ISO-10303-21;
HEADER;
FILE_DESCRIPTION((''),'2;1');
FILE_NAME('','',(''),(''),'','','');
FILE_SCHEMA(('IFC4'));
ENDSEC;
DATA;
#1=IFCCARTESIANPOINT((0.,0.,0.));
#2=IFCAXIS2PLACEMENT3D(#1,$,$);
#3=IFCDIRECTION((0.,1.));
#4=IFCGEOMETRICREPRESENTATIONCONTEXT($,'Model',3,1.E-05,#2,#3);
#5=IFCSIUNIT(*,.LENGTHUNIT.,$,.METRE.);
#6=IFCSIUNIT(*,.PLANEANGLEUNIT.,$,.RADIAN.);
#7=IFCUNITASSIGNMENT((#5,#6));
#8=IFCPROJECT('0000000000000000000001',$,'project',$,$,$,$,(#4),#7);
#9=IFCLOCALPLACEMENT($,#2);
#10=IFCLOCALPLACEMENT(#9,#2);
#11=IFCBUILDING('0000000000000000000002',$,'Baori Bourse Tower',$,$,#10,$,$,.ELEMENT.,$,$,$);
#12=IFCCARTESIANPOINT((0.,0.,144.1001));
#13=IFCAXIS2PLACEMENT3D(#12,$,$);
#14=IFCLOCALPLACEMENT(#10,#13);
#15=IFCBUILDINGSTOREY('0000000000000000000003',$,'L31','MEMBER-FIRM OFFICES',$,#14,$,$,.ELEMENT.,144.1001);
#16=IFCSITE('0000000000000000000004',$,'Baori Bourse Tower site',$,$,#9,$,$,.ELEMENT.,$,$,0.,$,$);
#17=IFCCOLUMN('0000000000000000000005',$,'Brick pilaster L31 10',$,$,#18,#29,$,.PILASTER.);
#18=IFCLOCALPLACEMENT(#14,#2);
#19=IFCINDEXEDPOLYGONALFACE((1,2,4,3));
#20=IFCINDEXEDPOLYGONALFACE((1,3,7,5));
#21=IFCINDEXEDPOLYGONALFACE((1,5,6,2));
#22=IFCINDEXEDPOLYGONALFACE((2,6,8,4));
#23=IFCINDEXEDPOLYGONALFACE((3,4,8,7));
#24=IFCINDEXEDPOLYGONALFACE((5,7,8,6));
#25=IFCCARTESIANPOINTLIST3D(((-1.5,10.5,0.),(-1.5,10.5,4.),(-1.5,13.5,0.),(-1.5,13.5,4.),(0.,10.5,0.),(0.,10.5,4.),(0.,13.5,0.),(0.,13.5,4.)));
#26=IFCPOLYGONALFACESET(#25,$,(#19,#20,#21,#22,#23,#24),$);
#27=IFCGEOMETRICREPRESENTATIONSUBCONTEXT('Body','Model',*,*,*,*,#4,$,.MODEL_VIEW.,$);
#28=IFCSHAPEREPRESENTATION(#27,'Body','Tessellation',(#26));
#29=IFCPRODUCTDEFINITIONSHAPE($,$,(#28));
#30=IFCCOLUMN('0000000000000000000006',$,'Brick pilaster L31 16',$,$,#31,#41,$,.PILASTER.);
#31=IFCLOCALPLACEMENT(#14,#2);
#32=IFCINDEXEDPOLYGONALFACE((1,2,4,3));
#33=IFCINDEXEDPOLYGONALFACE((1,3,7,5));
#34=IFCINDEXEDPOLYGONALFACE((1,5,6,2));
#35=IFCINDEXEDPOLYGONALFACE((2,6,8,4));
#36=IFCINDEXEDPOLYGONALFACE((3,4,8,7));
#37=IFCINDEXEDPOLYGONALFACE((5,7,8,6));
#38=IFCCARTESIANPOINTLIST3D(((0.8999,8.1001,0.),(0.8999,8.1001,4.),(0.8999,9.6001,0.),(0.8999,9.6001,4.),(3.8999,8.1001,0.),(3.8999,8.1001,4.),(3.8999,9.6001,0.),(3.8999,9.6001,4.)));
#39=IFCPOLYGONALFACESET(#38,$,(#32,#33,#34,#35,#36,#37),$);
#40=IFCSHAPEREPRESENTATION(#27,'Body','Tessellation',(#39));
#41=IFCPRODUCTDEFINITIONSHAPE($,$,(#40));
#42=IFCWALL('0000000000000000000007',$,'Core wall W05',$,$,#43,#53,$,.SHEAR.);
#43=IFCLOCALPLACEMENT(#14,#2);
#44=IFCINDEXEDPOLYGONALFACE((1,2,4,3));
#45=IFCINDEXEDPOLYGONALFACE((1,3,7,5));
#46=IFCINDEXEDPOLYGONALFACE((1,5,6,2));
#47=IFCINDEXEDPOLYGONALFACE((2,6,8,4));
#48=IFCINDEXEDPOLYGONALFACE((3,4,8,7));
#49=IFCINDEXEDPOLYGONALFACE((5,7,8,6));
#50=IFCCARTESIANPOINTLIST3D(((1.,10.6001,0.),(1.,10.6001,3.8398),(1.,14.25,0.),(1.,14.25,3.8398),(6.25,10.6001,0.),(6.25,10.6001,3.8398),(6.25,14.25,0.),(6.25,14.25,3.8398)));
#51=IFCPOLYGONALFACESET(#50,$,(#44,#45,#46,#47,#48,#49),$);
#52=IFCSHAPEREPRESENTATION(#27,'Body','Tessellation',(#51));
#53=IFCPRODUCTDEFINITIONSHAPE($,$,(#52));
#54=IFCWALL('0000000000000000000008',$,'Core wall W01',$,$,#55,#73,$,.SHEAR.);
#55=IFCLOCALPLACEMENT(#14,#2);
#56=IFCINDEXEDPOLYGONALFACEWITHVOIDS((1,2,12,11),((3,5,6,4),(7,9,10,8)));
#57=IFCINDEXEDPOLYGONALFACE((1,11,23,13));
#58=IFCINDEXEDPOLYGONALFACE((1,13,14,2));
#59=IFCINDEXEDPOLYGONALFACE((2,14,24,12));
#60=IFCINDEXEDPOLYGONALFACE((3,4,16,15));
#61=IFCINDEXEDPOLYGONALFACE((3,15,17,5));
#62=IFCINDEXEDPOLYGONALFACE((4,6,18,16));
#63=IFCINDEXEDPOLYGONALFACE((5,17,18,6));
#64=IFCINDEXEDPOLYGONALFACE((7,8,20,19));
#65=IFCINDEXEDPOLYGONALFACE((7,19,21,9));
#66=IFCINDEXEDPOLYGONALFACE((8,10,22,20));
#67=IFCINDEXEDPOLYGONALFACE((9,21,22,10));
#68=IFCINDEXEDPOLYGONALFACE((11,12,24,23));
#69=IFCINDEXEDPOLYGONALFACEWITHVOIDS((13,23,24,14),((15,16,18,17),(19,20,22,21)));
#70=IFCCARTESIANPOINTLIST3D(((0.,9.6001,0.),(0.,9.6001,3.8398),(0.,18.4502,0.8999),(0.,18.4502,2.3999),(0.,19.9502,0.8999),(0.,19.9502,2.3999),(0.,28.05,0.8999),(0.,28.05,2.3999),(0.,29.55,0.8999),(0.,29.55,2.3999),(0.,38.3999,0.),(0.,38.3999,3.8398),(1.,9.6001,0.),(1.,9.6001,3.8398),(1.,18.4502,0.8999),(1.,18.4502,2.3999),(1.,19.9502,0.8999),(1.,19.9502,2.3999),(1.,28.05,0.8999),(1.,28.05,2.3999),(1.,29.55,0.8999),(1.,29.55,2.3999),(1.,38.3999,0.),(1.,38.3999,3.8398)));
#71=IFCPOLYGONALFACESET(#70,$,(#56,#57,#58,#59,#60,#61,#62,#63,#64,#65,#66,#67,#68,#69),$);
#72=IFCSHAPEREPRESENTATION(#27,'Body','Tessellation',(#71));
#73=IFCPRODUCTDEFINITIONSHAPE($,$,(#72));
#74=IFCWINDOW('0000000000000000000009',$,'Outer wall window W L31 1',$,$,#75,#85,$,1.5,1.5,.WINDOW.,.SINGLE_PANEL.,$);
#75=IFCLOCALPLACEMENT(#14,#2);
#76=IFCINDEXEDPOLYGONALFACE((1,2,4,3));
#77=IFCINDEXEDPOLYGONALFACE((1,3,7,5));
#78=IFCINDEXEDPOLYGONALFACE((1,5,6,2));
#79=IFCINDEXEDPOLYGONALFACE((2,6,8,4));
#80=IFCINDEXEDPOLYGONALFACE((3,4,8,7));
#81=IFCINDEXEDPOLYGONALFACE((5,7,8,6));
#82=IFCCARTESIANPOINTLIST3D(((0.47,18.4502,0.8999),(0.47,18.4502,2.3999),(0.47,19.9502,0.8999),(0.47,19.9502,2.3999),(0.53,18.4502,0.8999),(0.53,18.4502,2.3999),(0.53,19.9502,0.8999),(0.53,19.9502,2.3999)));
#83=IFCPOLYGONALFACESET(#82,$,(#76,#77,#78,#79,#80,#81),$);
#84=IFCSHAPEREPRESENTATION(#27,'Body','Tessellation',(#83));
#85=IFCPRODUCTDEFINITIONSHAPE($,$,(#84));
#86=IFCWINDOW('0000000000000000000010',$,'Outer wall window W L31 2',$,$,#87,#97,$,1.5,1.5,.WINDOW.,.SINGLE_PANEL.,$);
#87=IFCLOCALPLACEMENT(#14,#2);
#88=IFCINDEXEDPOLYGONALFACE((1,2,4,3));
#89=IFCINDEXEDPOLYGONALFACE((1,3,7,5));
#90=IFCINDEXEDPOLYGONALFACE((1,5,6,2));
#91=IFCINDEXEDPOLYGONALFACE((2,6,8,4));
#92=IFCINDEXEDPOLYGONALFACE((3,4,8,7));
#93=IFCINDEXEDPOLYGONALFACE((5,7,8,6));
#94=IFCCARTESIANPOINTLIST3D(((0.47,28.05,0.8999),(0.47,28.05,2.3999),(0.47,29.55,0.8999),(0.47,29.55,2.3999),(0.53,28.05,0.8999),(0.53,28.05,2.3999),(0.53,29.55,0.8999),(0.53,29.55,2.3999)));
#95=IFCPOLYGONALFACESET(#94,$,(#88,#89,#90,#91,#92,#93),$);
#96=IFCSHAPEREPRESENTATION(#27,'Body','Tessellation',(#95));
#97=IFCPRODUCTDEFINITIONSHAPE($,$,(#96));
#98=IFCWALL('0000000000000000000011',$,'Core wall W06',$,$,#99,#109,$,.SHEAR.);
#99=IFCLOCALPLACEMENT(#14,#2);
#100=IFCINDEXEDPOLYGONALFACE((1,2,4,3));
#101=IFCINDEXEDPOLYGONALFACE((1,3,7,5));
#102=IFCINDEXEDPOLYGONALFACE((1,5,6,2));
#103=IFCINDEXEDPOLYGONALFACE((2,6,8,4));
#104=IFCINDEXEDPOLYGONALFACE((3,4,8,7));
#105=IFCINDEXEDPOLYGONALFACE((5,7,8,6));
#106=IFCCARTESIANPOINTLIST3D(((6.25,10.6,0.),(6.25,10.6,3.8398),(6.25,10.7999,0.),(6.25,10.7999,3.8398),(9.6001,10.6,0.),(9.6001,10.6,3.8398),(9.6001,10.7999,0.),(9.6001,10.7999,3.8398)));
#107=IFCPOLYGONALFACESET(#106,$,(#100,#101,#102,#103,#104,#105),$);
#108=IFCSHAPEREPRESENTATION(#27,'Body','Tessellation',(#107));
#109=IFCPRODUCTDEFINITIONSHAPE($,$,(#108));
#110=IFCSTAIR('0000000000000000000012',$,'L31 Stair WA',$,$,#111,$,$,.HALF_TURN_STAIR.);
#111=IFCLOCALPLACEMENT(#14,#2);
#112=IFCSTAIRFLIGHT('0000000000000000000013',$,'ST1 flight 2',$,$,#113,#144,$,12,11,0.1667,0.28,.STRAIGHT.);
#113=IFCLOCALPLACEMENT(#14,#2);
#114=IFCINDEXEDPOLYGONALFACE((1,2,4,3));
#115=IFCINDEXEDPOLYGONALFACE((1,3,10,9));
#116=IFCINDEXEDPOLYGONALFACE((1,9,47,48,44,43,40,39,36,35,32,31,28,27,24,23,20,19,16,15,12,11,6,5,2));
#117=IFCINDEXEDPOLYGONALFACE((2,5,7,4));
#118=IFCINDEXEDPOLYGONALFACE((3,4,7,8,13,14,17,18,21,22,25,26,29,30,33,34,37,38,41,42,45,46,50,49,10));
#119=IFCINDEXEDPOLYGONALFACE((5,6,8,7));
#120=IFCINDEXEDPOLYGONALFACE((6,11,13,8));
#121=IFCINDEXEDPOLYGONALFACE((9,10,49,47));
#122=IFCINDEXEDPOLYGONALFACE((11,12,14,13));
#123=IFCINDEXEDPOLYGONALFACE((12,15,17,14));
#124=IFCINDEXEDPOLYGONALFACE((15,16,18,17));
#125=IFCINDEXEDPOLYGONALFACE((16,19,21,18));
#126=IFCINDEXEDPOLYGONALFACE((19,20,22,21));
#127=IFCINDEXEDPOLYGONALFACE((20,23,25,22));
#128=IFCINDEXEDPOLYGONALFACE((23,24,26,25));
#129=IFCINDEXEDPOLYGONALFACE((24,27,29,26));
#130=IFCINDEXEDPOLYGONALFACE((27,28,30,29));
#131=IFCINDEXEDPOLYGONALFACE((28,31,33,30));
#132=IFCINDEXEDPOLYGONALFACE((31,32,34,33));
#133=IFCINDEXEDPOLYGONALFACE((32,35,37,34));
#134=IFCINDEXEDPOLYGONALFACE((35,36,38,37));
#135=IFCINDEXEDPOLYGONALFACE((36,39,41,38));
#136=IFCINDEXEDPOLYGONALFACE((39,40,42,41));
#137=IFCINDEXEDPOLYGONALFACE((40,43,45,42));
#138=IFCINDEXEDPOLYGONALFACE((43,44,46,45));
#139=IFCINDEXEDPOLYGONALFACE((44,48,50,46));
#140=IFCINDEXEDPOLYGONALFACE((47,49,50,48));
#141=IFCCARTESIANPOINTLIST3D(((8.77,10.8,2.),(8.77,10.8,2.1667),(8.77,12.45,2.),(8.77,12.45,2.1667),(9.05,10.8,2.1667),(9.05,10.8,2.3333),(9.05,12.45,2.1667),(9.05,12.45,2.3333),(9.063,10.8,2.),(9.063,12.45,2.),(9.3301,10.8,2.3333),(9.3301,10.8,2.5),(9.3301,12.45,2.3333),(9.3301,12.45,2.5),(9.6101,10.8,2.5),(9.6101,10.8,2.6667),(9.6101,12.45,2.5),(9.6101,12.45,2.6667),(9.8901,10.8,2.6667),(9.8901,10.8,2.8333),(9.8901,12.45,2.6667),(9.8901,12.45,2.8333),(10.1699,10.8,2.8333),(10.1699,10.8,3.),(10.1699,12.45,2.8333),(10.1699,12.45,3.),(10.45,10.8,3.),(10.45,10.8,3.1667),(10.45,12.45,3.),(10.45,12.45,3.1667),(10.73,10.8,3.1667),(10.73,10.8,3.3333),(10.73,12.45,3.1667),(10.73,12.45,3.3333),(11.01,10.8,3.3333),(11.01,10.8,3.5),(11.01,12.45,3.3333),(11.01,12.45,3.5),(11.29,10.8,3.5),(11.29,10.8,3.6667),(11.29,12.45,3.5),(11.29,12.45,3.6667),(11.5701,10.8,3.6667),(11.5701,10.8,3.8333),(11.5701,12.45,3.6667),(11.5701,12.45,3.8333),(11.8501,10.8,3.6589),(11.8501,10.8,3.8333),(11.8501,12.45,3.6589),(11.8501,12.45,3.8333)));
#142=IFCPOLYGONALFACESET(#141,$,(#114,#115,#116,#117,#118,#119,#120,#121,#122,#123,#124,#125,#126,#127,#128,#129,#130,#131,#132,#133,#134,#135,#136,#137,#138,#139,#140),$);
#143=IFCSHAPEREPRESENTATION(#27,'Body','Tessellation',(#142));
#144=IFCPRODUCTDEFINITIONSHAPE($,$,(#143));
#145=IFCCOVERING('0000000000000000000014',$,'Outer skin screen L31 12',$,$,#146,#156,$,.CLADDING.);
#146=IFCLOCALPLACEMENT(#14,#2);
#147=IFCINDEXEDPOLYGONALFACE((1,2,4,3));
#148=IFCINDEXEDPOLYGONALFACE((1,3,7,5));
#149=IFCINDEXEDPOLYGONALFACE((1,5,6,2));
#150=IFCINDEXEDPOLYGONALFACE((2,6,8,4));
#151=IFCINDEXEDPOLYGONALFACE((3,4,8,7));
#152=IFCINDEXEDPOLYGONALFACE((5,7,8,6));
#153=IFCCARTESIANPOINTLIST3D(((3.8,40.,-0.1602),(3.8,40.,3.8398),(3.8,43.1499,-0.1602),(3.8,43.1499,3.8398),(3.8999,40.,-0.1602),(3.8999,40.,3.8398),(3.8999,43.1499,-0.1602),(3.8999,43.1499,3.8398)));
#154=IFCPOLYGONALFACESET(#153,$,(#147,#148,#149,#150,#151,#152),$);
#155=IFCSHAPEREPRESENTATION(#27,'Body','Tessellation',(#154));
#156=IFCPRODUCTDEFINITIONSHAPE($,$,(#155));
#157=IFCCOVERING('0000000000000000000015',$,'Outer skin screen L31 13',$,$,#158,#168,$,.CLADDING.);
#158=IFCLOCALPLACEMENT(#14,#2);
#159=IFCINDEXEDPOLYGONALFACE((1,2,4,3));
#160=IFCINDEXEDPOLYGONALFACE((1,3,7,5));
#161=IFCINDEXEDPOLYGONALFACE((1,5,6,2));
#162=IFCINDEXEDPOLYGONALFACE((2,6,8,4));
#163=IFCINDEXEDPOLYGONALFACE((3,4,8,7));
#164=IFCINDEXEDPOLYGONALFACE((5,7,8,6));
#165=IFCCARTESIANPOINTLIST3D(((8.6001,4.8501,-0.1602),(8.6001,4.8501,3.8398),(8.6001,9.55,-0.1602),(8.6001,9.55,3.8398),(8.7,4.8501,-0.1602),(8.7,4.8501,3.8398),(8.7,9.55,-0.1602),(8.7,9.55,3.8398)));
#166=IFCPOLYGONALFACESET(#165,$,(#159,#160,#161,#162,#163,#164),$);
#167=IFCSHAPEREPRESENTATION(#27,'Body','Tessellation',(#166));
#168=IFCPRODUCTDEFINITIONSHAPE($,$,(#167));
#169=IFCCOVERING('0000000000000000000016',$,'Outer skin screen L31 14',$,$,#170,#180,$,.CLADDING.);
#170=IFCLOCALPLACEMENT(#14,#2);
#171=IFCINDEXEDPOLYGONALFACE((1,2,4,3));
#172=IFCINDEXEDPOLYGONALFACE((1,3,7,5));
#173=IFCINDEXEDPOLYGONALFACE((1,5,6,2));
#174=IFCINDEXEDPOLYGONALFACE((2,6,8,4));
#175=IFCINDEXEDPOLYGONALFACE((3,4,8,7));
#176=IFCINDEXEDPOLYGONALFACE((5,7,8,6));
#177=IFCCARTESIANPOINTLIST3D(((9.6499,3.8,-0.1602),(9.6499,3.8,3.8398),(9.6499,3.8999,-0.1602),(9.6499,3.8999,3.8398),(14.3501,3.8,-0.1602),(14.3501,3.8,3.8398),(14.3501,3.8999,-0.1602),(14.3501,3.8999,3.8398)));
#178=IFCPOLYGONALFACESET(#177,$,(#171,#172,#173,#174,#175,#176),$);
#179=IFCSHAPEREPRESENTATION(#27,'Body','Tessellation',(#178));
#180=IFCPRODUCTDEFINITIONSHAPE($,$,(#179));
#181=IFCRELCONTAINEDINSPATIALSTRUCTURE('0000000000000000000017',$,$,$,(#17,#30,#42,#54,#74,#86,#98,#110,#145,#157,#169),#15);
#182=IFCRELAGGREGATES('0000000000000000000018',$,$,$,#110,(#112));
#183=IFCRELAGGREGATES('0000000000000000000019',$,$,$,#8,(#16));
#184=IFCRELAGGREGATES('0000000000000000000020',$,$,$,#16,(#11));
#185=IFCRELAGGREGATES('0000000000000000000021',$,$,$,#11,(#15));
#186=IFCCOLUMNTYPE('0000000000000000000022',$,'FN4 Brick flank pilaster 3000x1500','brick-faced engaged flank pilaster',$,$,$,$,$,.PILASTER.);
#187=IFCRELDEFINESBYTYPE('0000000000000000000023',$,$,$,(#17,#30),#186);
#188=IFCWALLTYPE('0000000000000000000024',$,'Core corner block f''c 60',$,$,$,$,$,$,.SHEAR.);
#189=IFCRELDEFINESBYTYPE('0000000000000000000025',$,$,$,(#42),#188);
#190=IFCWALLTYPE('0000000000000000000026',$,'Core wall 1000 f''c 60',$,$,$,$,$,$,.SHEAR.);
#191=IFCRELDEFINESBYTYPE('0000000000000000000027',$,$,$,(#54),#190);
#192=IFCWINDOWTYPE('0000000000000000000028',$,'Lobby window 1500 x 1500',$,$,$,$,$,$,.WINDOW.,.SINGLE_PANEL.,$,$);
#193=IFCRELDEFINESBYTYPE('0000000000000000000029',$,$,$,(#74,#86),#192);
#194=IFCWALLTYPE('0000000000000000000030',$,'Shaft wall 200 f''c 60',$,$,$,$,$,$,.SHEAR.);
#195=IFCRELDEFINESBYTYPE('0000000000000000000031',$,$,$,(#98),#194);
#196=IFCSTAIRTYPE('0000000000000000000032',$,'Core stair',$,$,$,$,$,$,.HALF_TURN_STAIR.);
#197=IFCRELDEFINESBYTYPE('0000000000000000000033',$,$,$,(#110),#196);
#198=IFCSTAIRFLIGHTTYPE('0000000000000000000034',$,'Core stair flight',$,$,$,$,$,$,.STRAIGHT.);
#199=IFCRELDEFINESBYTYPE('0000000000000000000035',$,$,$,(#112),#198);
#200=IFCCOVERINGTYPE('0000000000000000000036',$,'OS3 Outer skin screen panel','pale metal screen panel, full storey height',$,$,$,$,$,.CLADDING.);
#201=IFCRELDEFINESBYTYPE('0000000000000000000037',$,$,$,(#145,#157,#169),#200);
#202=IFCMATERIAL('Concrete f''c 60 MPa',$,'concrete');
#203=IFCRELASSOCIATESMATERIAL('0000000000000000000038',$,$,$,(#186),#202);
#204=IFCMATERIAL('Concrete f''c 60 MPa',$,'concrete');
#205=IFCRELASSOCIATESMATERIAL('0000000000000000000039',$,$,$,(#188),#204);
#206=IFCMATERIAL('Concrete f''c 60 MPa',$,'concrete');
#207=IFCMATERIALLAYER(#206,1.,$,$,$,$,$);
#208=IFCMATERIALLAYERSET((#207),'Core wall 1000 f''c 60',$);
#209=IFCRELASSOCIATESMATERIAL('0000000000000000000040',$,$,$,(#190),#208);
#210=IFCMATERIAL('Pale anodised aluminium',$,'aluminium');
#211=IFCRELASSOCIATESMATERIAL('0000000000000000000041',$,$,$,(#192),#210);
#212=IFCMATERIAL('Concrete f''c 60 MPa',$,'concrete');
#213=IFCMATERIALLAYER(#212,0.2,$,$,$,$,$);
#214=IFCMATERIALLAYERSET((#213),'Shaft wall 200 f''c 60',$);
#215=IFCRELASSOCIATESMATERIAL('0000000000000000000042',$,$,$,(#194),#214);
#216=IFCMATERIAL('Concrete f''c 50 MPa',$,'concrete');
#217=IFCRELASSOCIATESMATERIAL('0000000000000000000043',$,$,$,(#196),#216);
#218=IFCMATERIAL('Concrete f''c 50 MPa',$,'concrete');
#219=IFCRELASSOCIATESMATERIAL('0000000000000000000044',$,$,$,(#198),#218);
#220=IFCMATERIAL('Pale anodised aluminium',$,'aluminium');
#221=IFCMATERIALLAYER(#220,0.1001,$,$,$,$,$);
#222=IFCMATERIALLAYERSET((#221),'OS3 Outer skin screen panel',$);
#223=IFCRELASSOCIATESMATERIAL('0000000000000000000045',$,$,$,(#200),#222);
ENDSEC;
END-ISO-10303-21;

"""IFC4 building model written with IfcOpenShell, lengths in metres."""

from ifc_helpers import new_model, si_unit, direction, frame, frame_2d, origin, origin_2d, place, context, subcontext, project, spatial, polyline, rectangle, outline, extrude, material, layer, layer_set, material_profile, profile_set, type_object, element, fill, aggregate, save


model = new_model("IFC4")

# Units and contexts
model_context = context("Model", 3, precision=1e-05, world=origin(), true_north=direction((0.0, 1.0)))
body_context = subcontext(model_context, "Body", "Model", "MODEL_VIEW")
ifc_project = project(units=[si_unit("LENGTHUNIT", "METRE"), si_unit("PLANEANGLEUNIT", "RADIAN")], contexts=[model_context])

# Site, building, storey
site_placement = place(None, origin())
site = spatial("IfcSite", under=ifc_project, at=site_placement, Name="Baori Bourse Tower site", CompositionType="ELEMENT", RefElevation=0.0)
building_placement = place(site_placement, origin())
building = spatial("IfcBuilding", under=site, at=building_placement, Name="Baori Bourse Tower", CompositionType="ELEMENT")
storey_placement = place(building_placement, frame((0.0, 0.0, 144.1001)))
storey = spatial("IfcBuildingStorey", under=building, at=storey_placement, Name="L31", Description="MEMBER-FIRM OFFICES", CompositionType="ELEMENT", Elevation=144.1001)

# Columns
ifc_material_1 = material(Name="Concrete f'c 60 MPa", Category="concrete")
ifc_material_profile = material_profile(ifc_material_1, rectangle(XDim=3.0, YDim=1.5, at=origin_2d()), Name="RC 3000x1500")
ifc_profile_set = profile_set([ifc_material_profile], Name="Concrete f'c 60 MPa")
column_type = type_object("IfcColumnType", Name="FN4 Brick flank pilaster 3000x1500", Description="brick-faced engaged flank pilaster", PredefinedType="PILASTER", material=ifc_profile_set)
for number, where, z_axis, x_axis, name in (
    (1, (-0.75, 12.0, 0.0), (0.0, 0.0, 1.0), (0.0, 1.0, 0.0), "Brick pilaster L31 10"),
    (2, (2.3999, 8.8501, 0.0), (0.0, 0.0, 1.0), (1.0, 0.0, 0.0), "Brick pilaster L31 16"),
):
    element("IfcColumn", number, at=place(storey_placement, frame(where, z_axis=z_axis, x_axis=x_axis)), inside=storey, type_object=column_type, Name=name, PredefinedType="PILASTER", context=body_context, shape_type="SweptSolid", body=[
        extrude(rectangle(XDim=3.0, YDim=1.5, at=origin_2d()), origin(), (0.0, 0.0, 1.0), 4.0),
    ])

# Wall
ifc_material_2 = material(Name="Concrete f'c 60 MPa", Category="concrete")
wall_type_1 = type_object("IfcWallType", Name="Core corner block f'c 60", PredefinedType="SHEAR", material=ifc_material_2)
wall_1_placement = place(storey_placement, frame((1.0, 12.425, 0.0), z_axis=(0.0, 0.0, 1.0), x_axis=(1.0, 0.0, 0.0)))
element("IfcWall", 3, at=wall_1_placement, inside=storey, type_object=wall_type_1, Name="Core wall W05", PredefinedType="SHEAR", context=body_context, shape_type="SweptSolid", body=[
    extrude(rectangle(XDim=5.25, YDim=3.6499, at=frame_2d((2.625, 0.0))), origin(), (0.0, 0.0, 1.0), 3.8398),
])

# Wall, openings, windows
ifc_material_3 = material(Name="Concrete f'c 60 MPa", Category="concrete")
ifc_layer_1 = layer(ifc_material_3, 1.0)
ifc_layer_set_1 = layer_set([ifc_layer_1], Name="Core wall 1000 f'c 60")
wall_type_2 = type_object("IfcWallType", Name="Core wall 1000 f'c 60", PredefinedType="SHEAR", material=ifc_layer_set_1)
wall_2_placement = place(storey_placement, frame((0.5, 9.6001, 0.0), z_axis=(0.0, 0.0, 1.0), x_axis=(0.0, 1.0, 0.0)))
wall_2 = element("IfcWall", 4, at=wall_2_placement, inside=storey, type_object=wall_type_2, Name="Core wall W01", PredefinedType="SHEAR", context=body_context, shape_type="SweptSolid", body=[
    extrude(rectangle(XDim=28.7998, YDim=1.0, at=frame_2d((14.3999, 0.0))), origin(), (0.0, 0.0, 1.0), 3.8398),
])
opening_1_placement = place(wall_2_placement, frame((8.8501, 0.0, 0.8999)))
opening_1 = element("IfcOpeningElement", 5, at=opening_1_placement, cuts=wall_2, PredefinedType="OPENING", context=body_context, shape_type="SweptSolid", body=[
    extrude(rectangle(XDim=1.5, YDim=1.5, at=frame_2d((0.75, 0.75))), frame((0.0, 0.51, 0.0), z_axis=(0.0, -1.0, 0.0), x_axis=(1.0, 0.0, 0.0)), (0.0, 0.0, 1.0), 1.02),
])
opening_2_placement = place(wall_2_placement, frame((18.45, 0.0, 0.8999)))
opening_2 = element("IfcOpeningElement", 6, at=opening_2_placement, cuts=wall_2, PredefinedType="OPENING", context=body_context, shape_type="SweptSolid", body=[
    extrude(rectangle(XDim=1.5, YDim=1.5, at=frame_2d((0.75, 0.75))), frame((0.0, 0.51, 0.0), z_axis=(0.0, -1.0, 0.0), x_axis=(1.0, 0.0, 0.0)), (0.0, 0.0, 1.0), 1.02),
])
ifc_material_4 = material(Name="Pale anodised aluminium", Category="aluminium")
window_type = type_object("IfcWindowType", Name="Lobby window 1500 x 1500", PartitioningType="SINGLE_PANEL", PredefinedType="WINDOW", material=ifc_material_4)
window_1_placement = place(opening_1_placement, origin())
window_1 = element("IfcWindow", 7, at=window_1_placement, inside=storey, type_object=window_type, Name="Outer wall window W L31 1", OverallHeight=1.5, OverallWidth=1.5, PartitioningType="SINGLE_PANEL", PredefinedType="WINDOW", context=body_context, shape_type="SweptSolid", body=[
    extrude(rectangle(XDim=1.5, YDim=1.5, at=frame_2d((0.75, 0.75))), frame((0.0, 0.03, 0.0), z_axis=(0.0, -1.0, 0.0), x_axis=(1.0, 0.0, 0.0)), (0.0, 0.0, 1.0), 0.0601),
])
fill(opening_1, window_1)
window_2_placement = place(opening_2_placement, origin())
window_2 = element("IfcWindow", 8, at=window_2_placement, inside=storey, type_object=window_type, Name="Outer wall window W L31 2", OverallHeight=1.5, OverallWidth=1.5, PartitioningType="SINGLE_PANEL", PredefinedType="WINDOW", context=body_context, shape_type="SweptSolid", body=[
    extrude(rectangle(XDim=1.5, YDim=1.5, at=frame_2d((0.75, 0.75))), frame((0.0, 0.03, 0.0), z_axis=(0.0, -1.0, 0.0), x_axis=(1.0, 0.0, 0.0)), (0.0, 0.0, 1.0), 0.0601),
])
fill(opening_2, window_2)

# Wall
ifc_material_5 = material(Name="Concrete f'c 60 MPa", Category="concrete")
ifc_layer_2 = layer(ifc_material_5, 0.2)
ifc_layer_set_2 = layer_set([ifc_layer_2], Name="Shaft wall 200 f'c 60")
wall_type_3 = type_object("IfcWallType", Name="Shaft wall 200 f'c 60", PredefinedType="SHEAR", material=ifc_layer_set_2)
wall_3_placement = place(storey_placement, frame((6.25, 10.7, 0.0), z_axis=(0.0, 0.0, 1.0), x_axis=(1.0, 0.0, 0.0)))
element("IfcWall", 9, at=wall_3_placement, inside=storey, type_object=wall_type_3, Name="Core wall W06", PredefinedType="SHEAR", context=body_context, shape_type="SweptSolid", body=[
    extrude(rectangle(XDim=3.3501, YDim=0.2, at=frame_2d((1.675, 0.0))), origin(), (0.0, 0.0, 1.0), 3.8398),
])

# Stair, stair flight
ifc_material_6 = material(Name="Concrete f'c 50 MPa", Category="concrete")
stair_type = type_object("IfcStairType", Name="Core stair", PredefinedType="HALF_TURN_STAIR", material=ifc_material_6)
stair_placement = place(storey_placement, origin())
stair = element("IfcStair", 10, at=stair_placement, inside=storey, type_object=stair_type, Name="L31 Stair WA", PredefinedType="HALF_TURN_STAIR")
ifc_material_7 = material(Name="Concrete f'c 50 MPa", Category="concrete")
stair_flight_type = type_object("IfcStairFlightType", Name="Core stair flight", PredefinedType="STRAIGHT", material=ifc_material_7)
stair_flight_placement = place(storey_placement, frame((8.77, 11.625, 2.0), z_axis=(0.0, 0.0, 1.0), x_axis=(1.0, 0.0, 0.0)))
stair_flight = element("IfcStairFlight", 11, at=stair_flight_placement, type_object=stair_flight_type, Name="ST1 flight 2", NumberOfRisers=12, NumberOfTreads=11, PredefinedType="STRAIGHT", RiserHeight=0.1667, TreadLength=0.28, context=body_context, shape_type="SweptSolid", body=[
    extrude(outline(polyline([(0.0, 0.0), (0.0, 0.1667), (0.28, 0.1667), (0.28, 0.3333), (0.5601, 0.3333), (0.5601, 0.5), (0.8401, 0.5), (0.8401, 0.6667), (1.1201, 0.6667), (1.1201, 0.8333), (1.3999, 0.8333), (1.3999, 1.0), (1.6799, 1.0), (1.6799, 1.1667), (1.96, 1.1667), (1.96, 1.3333), (2.24, 1.3333), (2.24, 1.5), (2.52, 1.5), (2.52, 1.6667), (2.8, 1.6667), (2.8, 1.8333), (3.0801, 1.8333), (3.0801, 2.0), (3.0801, 1.6589), (0.293, 0.0), (0.0, 0.0)])), frame((0.0, 0.825, 0.0), z_axis=(0.0, -1.0, 0.0), x_axis=(1.0, 0.0, 0.0)), (0.0, 0.0, 1.0), 1.6499),
])
aggregate(stair, [stair_flight])

# Coverings
ifc_material_8 = material(Name="Pale anodised aluminium", Category="aluminium")
ifc_layer_3 = layer(ifc_material_8, 0.1001)
ifc_layer_set_3 = layer_set([ifc_layer_3], Name="OS3 Outer skin screen panel")
covering_type_1 = type_object("IfcCoveringType", Name="OS3 Outer skin screen panel", Description="pale metal screen panel, full storey height", PredefinedType="CLADDING", material=ifc_layer_set_3)
covering_1_placement = place(storey_placement, frame((0.0, 0.0, -0.1602)))
element("IfcCovering", 12, at=covering_1_placement, inside=storey, type_object=covering_type_1, Name="Outer skin screen L31 12", PredefinedType="CLADDING", context=body_context, shape_type="SweptSolid", body=[
    extrude(outline(polyline([(3.8999, 40.0), (3.8999, 43.1499), (3.8, 43.1499), (3.8, 40.0), (3.8999, 40.0), (3.8999, 40.0)])), origin(), (0.0, 0.0, 1.0), 4.0),
])
covering_2_placement = place(storey_placement, frame((0.0, 0.0, -0.1602)))
element("IfcCovering", 13, at=covering_2_placement, inside=storey, type_object=covering_type_1, Name="Outer skin screen L31 13", PredefinedType="CLADDING", context=body_context, shape_type="SweptSolid", body=[
    extrude(outline(polyline([(8.7, 4.8501), (8.7, 9.55), (8.6001, 9.55), (8.6001, 4.8501), (8.7, 4.8501)])), origin(), (0.0, 0.0, 1.0), 4.0),
])
covering_3_placement = place(storey_placement, frame((0.0, 0.0, -0.1602)))
element("IfcCovering", 14, at=covering_3_placement, inside=storey, type_object=covering_type_1, Name="Outer skin screen L31 14", PredefinedType="CLADDING", context=body_context, shape_type="SweptSolid", body=[
    extrude(outline(polyline([(14.3501, 3.8999), (9.6499, 3.8999), (9.6499, 3.8), (14.3501, 3.8), (14.3501, 3.8999)])), origin(), (0.0, 0.0, 1.0), 4.0),
])

save(model, "model.ifc")
